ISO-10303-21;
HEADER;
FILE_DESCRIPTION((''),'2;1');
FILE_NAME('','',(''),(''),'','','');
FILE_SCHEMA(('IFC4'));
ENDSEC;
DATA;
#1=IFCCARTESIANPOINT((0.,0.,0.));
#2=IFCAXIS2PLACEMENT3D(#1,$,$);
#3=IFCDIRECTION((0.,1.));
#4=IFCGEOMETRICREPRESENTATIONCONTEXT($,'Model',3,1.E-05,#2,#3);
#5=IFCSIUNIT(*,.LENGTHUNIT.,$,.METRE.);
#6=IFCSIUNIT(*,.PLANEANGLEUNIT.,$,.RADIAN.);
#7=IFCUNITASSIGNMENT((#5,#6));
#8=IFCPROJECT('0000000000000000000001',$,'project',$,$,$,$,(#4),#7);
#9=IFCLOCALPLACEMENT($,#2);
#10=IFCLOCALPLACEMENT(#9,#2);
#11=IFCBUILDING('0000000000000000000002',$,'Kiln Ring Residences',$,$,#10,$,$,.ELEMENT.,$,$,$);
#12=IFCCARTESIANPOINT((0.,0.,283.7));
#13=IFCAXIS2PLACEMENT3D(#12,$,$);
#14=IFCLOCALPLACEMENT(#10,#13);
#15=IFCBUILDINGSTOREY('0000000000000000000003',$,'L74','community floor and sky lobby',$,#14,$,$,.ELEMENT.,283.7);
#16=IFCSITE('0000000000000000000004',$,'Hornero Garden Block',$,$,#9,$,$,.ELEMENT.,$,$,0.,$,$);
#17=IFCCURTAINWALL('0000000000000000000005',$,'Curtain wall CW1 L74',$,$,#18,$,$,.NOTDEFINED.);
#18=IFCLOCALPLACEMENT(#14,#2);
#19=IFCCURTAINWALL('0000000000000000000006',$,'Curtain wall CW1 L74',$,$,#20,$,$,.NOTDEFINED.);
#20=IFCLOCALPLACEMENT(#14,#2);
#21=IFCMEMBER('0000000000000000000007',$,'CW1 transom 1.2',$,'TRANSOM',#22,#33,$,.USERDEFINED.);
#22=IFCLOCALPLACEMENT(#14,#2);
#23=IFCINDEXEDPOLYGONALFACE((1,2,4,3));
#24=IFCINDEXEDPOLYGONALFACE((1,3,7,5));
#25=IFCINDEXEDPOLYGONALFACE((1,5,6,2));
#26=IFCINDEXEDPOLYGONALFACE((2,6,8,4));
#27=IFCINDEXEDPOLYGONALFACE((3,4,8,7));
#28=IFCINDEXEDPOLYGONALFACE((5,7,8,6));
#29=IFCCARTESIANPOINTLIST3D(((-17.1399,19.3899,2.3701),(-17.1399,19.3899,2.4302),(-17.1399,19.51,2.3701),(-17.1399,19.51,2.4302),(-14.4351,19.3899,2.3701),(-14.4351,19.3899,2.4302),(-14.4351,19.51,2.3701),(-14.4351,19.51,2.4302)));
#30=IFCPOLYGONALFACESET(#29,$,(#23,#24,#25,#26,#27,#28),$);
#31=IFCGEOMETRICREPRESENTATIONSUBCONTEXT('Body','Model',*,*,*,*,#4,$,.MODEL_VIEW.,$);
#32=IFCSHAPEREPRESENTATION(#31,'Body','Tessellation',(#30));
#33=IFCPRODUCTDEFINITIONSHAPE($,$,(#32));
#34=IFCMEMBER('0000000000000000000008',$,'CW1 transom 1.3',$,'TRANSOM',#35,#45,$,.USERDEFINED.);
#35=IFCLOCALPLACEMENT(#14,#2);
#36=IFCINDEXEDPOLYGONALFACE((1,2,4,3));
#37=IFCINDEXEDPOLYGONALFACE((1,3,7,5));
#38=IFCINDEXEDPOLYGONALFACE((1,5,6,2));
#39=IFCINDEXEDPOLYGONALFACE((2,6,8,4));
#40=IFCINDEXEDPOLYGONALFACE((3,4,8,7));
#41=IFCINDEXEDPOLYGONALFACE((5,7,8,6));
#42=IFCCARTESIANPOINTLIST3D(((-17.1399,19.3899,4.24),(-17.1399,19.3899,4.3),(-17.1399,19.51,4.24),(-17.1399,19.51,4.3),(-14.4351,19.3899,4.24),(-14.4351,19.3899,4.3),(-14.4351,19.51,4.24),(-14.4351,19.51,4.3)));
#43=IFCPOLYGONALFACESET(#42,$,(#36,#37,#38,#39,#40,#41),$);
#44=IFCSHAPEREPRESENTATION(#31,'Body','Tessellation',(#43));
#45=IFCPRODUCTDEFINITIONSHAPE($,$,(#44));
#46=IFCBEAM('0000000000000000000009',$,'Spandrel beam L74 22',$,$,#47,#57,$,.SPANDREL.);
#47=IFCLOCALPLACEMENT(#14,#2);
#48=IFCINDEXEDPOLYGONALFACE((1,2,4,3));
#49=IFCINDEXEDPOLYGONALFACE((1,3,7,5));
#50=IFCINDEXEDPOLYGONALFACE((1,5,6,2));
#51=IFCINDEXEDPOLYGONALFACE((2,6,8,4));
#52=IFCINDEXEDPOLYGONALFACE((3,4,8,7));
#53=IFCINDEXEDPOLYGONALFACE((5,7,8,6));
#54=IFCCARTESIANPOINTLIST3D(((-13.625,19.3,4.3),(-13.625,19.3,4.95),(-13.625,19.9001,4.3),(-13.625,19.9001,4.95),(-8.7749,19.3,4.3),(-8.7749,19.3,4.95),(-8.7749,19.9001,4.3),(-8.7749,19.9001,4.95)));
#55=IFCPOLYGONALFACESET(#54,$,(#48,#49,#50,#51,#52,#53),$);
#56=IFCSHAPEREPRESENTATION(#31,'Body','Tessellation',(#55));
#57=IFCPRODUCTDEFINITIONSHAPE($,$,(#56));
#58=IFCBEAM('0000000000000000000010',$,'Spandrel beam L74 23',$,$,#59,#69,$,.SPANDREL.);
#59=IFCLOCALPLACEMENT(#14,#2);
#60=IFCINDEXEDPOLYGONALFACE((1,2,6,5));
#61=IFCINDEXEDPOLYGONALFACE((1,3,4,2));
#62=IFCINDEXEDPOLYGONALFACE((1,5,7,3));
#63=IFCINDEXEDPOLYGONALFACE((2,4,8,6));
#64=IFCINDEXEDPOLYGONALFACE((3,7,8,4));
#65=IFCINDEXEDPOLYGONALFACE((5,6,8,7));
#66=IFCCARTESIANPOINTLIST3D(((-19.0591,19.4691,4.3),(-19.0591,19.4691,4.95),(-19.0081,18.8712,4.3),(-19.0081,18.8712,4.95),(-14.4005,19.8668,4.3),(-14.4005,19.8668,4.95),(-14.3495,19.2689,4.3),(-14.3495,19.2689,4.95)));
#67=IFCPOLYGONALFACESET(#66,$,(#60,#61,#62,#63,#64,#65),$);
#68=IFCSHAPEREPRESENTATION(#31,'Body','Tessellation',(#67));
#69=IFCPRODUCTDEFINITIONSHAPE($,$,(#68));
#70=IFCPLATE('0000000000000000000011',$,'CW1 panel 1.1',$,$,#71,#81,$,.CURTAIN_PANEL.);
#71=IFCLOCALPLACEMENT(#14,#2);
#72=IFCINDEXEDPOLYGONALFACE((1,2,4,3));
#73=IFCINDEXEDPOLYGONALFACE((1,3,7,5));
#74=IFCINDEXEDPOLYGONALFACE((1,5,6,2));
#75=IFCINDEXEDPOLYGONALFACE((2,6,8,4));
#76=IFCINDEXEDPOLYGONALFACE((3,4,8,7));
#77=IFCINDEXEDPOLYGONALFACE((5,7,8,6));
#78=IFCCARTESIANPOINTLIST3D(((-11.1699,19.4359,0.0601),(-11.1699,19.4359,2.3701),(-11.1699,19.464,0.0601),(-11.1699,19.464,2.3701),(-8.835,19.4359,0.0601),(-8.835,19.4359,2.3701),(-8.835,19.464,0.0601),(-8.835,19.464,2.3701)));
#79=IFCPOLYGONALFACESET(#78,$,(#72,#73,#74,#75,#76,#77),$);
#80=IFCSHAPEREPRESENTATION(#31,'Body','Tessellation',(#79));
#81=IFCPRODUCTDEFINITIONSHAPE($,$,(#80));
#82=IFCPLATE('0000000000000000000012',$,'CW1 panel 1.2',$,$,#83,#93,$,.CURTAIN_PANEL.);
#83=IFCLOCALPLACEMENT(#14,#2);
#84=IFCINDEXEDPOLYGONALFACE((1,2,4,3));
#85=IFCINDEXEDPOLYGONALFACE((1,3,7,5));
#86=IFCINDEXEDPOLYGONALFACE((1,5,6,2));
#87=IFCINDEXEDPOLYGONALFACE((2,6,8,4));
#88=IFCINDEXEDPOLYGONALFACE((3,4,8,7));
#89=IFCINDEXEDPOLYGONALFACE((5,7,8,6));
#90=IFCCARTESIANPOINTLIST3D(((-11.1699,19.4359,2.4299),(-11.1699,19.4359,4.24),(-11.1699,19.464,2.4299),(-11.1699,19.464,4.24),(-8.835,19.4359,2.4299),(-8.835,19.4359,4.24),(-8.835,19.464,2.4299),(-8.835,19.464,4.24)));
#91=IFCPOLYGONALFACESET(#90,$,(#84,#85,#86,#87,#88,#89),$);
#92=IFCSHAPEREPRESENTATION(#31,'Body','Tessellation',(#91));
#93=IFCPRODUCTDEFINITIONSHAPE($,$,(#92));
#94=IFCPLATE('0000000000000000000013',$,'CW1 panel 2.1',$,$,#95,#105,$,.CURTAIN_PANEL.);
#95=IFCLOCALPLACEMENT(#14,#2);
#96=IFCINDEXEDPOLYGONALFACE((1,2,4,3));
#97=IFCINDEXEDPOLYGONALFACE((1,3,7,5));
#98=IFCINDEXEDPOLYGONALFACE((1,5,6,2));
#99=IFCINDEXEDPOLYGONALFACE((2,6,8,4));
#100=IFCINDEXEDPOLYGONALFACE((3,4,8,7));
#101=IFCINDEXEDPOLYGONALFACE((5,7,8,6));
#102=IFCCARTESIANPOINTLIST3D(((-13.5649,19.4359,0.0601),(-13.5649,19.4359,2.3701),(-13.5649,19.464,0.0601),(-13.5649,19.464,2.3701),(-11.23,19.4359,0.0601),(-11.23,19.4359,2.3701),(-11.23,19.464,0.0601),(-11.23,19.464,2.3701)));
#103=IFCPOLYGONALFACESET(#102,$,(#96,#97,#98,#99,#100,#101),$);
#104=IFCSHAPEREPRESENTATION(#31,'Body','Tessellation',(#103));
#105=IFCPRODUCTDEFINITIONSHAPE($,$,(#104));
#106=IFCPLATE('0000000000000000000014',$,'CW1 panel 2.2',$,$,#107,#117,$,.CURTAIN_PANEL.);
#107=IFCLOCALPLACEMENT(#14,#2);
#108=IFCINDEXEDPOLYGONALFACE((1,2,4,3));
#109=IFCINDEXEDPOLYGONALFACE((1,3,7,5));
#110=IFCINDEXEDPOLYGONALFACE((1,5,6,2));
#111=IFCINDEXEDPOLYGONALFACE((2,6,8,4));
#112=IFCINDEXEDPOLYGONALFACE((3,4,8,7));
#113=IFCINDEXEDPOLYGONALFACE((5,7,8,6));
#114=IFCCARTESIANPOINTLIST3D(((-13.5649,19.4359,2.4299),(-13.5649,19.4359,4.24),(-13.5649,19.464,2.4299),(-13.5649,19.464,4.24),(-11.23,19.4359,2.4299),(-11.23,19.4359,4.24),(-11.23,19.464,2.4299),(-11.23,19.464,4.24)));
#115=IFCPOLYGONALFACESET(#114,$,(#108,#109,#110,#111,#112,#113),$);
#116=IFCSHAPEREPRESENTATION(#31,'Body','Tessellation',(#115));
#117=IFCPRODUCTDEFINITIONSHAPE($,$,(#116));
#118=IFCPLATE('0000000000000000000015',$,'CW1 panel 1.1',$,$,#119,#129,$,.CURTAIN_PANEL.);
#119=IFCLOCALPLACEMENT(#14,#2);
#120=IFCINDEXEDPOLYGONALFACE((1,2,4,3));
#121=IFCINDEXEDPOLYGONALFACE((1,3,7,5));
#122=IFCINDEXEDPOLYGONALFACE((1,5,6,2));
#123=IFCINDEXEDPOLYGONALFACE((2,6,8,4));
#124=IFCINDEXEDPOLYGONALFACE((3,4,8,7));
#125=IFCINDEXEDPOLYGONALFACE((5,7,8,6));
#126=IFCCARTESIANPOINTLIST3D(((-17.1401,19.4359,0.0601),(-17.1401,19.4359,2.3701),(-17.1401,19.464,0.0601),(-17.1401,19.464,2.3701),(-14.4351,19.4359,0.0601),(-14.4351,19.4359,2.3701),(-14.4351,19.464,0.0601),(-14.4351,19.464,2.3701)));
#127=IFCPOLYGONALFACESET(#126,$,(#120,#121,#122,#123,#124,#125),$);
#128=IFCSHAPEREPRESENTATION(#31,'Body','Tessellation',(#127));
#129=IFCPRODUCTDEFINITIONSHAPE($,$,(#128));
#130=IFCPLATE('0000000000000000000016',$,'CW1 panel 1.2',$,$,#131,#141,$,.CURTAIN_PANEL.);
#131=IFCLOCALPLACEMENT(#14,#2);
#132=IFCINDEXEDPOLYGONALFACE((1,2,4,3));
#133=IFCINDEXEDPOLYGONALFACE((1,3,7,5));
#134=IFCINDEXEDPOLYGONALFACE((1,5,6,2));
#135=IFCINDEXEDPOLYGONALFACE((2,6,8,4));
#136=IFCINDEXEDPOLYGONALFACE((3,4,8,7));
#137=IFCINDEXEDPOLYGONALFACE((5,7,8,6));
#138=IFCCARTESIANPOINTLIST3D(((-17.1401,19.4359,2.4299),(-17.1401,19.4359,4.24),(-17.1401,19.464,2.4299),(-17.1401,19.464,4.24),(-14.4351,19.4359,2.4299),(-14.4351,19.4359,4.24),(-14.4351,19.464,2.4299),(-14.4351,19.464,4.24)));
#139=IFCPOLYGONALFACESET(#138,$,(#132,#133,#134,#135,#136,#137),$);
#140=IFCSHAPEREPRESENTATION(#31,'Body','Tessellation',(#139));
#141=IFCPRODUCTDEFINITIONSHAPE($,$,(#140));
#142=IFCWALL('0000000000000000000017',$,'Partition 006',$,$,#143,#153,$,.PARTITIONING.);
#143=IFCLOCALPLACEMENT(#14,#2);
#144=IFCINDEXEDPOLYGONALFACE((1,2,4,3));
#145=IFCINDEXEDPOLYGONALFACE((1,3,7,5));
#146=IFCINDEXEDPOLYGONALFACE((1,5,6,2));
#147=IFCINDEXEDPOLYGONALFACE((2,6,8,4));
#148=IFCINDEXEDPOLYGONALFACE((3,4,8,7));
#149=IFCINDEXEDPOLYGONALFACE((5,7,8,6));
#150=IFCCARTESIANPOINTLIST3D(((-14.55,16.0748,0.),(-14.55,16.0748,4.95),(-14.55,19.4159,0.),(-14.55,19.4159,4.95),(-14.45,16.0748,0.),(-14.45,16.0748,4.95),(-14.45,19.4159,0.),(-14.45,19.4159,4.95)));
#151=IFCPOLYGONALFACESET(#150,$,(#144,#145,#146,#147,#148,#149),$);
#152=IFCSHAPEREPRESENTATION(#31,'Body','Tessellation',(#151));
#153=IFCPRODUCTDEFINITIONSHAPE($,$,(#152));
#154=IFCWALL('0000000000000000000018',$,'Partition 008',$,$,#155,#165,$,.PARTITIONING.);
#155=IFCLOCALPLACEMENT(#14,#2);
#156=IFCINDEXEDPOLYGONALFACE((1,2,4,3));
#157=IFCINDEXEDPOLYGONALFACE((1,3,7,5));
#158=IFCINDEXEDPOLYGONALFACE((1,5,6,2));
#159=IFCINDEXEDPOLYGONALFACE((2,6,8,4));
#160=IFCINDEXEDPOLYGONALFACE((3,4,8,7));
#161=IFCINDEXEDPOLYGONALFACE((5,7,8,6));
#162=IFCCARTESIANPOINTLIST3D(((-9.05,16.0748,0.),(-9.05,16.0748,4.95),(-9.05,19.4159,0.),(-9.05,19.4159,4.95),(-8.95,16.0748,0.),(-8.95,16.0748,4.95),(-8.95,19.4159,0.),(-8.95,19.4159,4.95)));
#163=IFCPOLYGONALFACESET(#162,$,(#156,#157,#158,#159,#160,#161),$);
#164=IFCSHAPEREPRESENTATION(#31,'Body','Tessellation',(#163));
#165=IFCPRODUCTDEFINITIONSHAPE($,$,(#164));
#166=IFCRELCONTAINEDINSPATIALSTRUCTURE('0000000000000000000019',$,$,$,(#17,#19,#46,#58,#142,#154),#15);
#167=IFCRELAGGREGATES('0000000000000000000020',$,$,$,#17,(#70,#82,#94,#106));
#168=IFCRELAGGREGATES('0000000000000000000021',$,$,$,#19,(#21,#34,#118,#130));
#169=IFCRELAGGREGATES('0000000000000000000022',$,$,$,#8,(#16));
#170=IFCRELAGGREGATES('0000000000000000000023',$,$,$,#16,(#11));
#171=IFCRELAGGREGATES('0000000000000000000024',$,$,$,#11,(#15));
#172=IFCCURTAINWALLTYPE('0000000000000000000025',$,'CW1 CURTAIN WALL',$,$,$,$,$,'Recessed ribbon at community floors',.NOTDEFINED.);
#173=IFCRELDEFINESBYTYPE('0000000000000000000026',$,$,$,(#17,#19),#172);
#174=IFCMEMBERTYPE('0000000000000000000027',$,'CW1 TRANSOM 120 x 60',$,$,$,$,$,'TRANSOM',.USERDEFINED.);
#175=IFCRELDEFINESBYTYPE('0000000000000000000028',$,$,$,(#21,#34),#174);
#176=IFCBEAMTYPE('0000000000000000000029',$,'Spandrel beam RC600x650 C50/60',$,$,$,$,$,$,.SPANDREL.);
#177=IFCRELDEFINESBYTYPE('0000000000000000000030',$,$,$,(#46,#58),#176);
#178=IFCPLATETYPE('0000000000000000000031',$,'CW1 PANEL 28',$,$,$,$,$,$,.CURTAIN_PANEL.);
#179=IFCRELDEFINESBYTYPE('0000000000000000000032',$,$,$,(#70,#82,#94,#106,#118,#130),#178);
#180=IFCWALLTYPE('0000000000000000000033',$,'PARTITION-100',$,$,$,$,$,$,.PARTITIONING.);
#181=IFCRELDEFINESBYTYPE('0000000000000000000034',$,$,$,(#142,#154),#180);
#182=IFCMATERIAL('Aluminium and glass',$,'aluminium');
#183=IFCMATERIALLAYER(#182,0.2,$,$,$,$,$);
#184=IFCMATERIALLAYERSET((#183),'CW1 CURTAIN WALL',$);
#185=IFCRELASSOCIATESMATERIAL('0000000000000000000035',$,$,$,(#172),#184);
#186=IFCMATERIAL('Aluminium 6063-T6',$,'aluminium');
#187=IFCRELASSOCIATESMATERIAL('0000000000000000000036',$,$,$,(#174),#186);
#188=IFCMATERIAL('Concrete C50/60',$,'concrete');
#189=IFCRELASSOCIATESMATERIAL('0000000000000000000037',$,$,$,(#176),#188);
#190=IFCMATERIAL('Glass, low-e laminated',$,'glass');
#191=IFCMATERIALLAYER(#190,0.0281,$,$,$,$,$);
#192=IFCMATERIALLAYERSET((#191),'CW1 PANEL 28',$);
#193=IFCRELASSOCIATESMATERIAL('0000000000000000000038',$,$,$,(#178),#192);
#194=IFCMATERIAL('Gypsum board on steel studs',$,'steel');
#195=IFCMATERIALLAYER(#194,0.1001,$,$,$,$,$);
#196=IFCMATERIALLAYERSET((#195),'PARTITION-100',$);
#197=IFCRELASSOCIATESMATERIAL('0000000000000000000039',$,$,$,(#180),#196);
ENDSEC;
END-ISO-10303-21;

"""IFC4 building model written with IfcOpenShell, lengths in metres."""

from ifc_helpers import new_model, si_unit, direction, frame, frame_2d, origin, origin_2d, place, context, subcontext, project, spatial, rectangle, extrude, material, layer, layer_set, material_profile, profile_set, type_object, element, aggregate, save


model = new_model("IFC4")

# Units and contexts
model_context = context("Model", 3, precision=1e-05, world=origin(), true_north=direction((0.0, 1.0)))
body_context = subcontext(model_context, "Body", "Model", "MODEL_VIEW")
ifc_project = project(units=[si_unit("LENGTHUNIT", "METRE"), si_unit("PLANEANGLEUNIT", "RADIAN")], contexts=[model_context])

# Site, building, storey
site_placement = place(None, origin())
site = spatial("IfcSite", under=ifc_project, at=site_placement, Name="Hornero Garden Block", CompositionType="ELEMENT", RefElevation=0.0)
building_placement = place(site_placement, origin())
building = spatial("IfcBuilding", under=site, at=building_placement, Name="Kiln Ring Residences", CompositionType="ELEMENT")
storey_placement = place(building_placement, frame((0.0, 0.0, 283.7)))
storey = spatial("IfcBuildingStorey", under=building, at=storey_placement, Name="L74", Description="community floor and sky lobby", CompositionType="ELEMENT", Elevation=283.7)

# Curtain wall
ifc_material_1 = material(Name="Aluminium and glass", Category="aluminium")
ifc_layer_1 = layer(ifc_material_1, 0.2)
ifc_layer_set_1 = layer_set([ifc_layer_1], Name="CW1 CURTAIN WALL")
curtain_wall_type = type_object("IfcCurtainWallType", Name="CW1 CURTAIN WALL", ElementType="Recessed ribbon at community floors", PredefinedType="NOTDEFINED", material=ifc_layer_set_1)
placement = place(storey_placement, origin())
curtain_wall_1 = element("IfcCurtainWall", 1, at=placement, inside=storey, type_object=curtain_wall_type, Name="Curtain wall CW1 L74", PredefinedType="NOTDEFINED")

# Curtain wall
curtain_wall_2 = element("IfcCurtainWall", 2, at=placement, inside=storey, type_object=curtain_wall_type, Name="Curtain wall CW1 L74", PredefinedType="NOTDEFINED")

# Members
ifc_material_2 = material(Name="Aluminium 6063-T6", Category="aluminium")
ifc_material_profile_1 = material_profile(ifc_material_2, rectangle(XDim=0.1201, YDim=0.0601, at=origin_2d()), Name="AL 120x60")
ifc_profile_set_1 = profile_set([ifc_material_profile_1], Name="Aluminium 6063-T6")
member_type_1 = type_object("IfcMemberType", Name="CW1 TRANSOM 120 x 60", ElementType="TRANSOM", PredefinedType="USERDEFINED", material=ifc_profile_set_1)
member_1_placement = place(storey_placement, frame((-14.4351, 19.45, 2.4001), z_axis=(-1.0, 0.0, 0.0), x_axis=(0.0, -1.0, 0.0)))
member_1 = element("IfcMember", 3, at=member_1_placement, type_object=member_type_1, Name="CW1 transom 1.2", ObjectType="TRANSOM", PredefinedType="USERDEFINED", context=body_context, shape_type="SweptSolid", body=[
    extrude(rectangle(XDim=0.1201, YDim=0.0601, at=origin_2d()), origin(), (0.0, 0.0, 1.0), 2.7048),
])
member_2_placement = place(storey_placement, frame((-14.4351, 19.45, 4.27), z_axis=(-1.0, 0.0, 0.0), x_axis=(0.0, -1.0, 0.0)))
member_2 = element("IfcMember", 4, at=member_2_placement, type_object=member_type_1, Name="CW1 transom 1.3", ObjectType="TRANSOM", PredefinedType="USERDEFINED", context=body_context, shape_type="SweptSolid", body=[
    extrude(rectangle(XDim=0.1201, YDim=0.0601, at=origin_2d()), origin(), (0.0, 0.0, 1.0), 2.7048),
])

# Beams
ifc_material_3 = material(Name="Concrete C50/60", Category="concrete")
ifc_material_profile_2 = material_profile(ifc_material_3, rectangle(XDim=0.6001, YDim=0.6499, at=origin_2d()), Name="RC600x650")
ifc_profile_set_2 = profile_set([ifc_material_profile_2], Name="Concrete C50/60")
beam_type = type_object("IfcBeamType", Name="Spandrel beam RC600x650 C50/60", PredefinedType="SPANDREL", material=ifc_profile_set_2)
beam_1_placement = place(storey_placement, frame((-8.7749, 19.6001, 4.625), z_axis=(-1.0, 0.0, 0.0), x_axis=(0.0, -1.0, 0.0)))
element("IfcBeam", 5, at=beam_1_placement, inside=storey, type_object=beam_type, Name="Spandrel beam L74 22", PredefinedType="SPANDREL", context=body_context, shape_type="SweptSolid", body=[
    extrude(rectangle(XDim=0.6001, YDim=0.6499, at=origin_2d()), origin(), (0.0, 0.0, 1.0), 4.8501),
])
beam_2_placement = place(storey_placement, frame((-14.375, 19.5679, 4.625), z_axis=(-0.996376, -0.085059, 0.0), x_axis=(0.085059, -0.996376, 0.0)))
element("IfcBeam", 6, at=beam_2_placement, inside=storey, type_object=beam_type, Name="Spandrel beam L74 23", PredefinedType="SPANDREL", context=body_context, shape_type="SweptSolid", body=[
    extrude(rectangle(XDim=0.6001, YDim=0.6499, at=origin_2d()), origin(), (0.0, 0.0, 1.0), 4.6755),
])

# Plates
ifc_material_4 = material(Name="Glass, low-e laminated", Category="glass")
ifc_layer_2 = layer(ifc_material_4, 0.0281)
ifc_layer_set_2 = layer_set([ifc_layer_2], Name="CW1 PANEL 28")
plate_type = type_object("IfcPlateType", Name="CW1 PANEL 28", PredefinedType="CURTAIN_PANEL", material=ifc_layer_set_2)
plate_1_placement = place(storey_placement, frame((-10.0024, 19.45, 0.0601), z_axis=(0.0, 0.0, 1.0), x_axis=(-1.0, 0.0, 0.0)))
plate_1 = element("IfcPlate", 7, at=plate_1_placement, type_object=plate_type, Name="CW1 panel 1.1", PredefinedType="CURTAIN_PANEL", context=body_context, shape_type="SweptSolid", body=[
    extrude(rectangle(XDim=2.335, YDim=0.0281, at=origin_2d()), origin(), (0.0, 0.0, 1.0), 2.3101),
])
plate_2_placement = place(storey_placement, frame((-10.0024, 19.45, 2.4299), z_axis=(0.0, 0.0, 1.0), x_axis=(-1.0, 0.0, 0.0)))
plate_2 = element("IfcPlate", 8, at=plate_2_placement, type_object=plate_type, Name="CW1 panel 1.2", PredefinedType="CURTAIN_PANEL", context=body_context, shape_type="SweptSolid", body=[
    extrude(rectangle(XDim=2.335, YDim=0.0281, at=origin_2d()), origin(), (0.0, 0.0, 1.0), 1.8101),
])
plate_3_placement = place(storey_placement, frame((-12.3975, 19.45, 0.0601), z_axis=(0.0, 0.0, 1.0), x_axis=(-1.0, 0.0, 0.0)))
plate_3 = element("IfcPlate", 9, at=plate_3_placement, type_object=plate_type, Name="CW1 panel 2.1", PredefinedType="CURTAIN_PANEL", context=body_context, shape_type="SweptSolid", body=[
    extrude(rectangle(XDim=2.335, YDim=0.0281, at=origin_2d()), origin(), (0.0, 0.0, 1.0), 2.3101),
])
plate_4_placement = place(storey_placement, frame((-12.3975, 19.45, 2.4299), z_axis=(0.0, 0.0, 1.0), x_axis=(-1.0, 0.0, 0.0)))
plate_4 = element("IfcPlate", 10, at=plate_4_placement, type_object=plate_type, Name="CW1 panel 2.2", PredefinedType="CURTAIN_PANEL", context=body_context, shape_type="SweptSolid", body=[
    extrude(rectangle(XDim=2.335, YDim=0.0281, at=origin_2d()), origin(), (0.0, 0.0, 1.0), 1.8101),
])
aggregate(curtain_wall_1, [plate_1, plate_2, plate_3, plate_4])
plate_5_placement = place(storey_placement, frame((-15.7876, 19.45, 0.0601), z_axis=(0.0, 0.0, 1.0), x_axis=(-1.0, 0.0, 0.0)))
plate_5 = element("IfcPlate", 11, at=plate_5_placement, type_object=plate_type, Name="CW1 panel 1.1", PredefinedType="CURTAIN_PANEL", context=body_context, shape_type="SweptSolid", body=[
    extrude(rectangle(XDim=2.7051, YDim=0.0281, at=origin_2d()), origin(), (0.0, 0.0, 1.0), 2.3101),
])
plate_6_placement = place(storey_placement, frame((-15.7876, 19.45, 2.4299), z_axis=(0.0, 0.0, 1.0), x_axis=(-1.0, 0.0, 0.0)))
plate_6 = element("IfcPlate", 12, at=plate_6_placement, type_object=plate_type, Name="CW1 panel 1.2", PredefinedType="CURTAIN_PANEL", context=body_context, shape_type="SweptSolid", body=[
    extrude(rectangle(XDim=2.7051, YDim=0.0281, at=origin_2d()), origin(), (0.0, 0.0, 1.0), 1.8101),
])
aggregate(curtain_wall_2, [member_1, member_2, plate_5, plate_6])

# Walls
ifc_material_5 = material(Name="Gypsum board on steel studs", Category="steel")
ifc_layer_3 = layer(ifc_material_5, 0.1001)
ifc_layer_set_3 = layer_set([ifc_layer_3], Name="PARTITION-100")
wall_type = type_object("IfcWallType", Name="PARTITION-100", PredefinedType="PARTITIONING", material=ifc_layer_set_3)
for number, where, z_axis, x_axis, name in (
    (13, (-14.5, 16.075, 0.0), (0.0, 0.0, 1.0), (0.0, 1.0, 0.0), "Partition 006"),
    (14, (-9.0, 16.075, 0.0), (0.0, 0.0, 1.0), (0.0, 1.0, 0.0), "Partition 008"),
):
    element("IfcWall", number, at=place(storey_placement, frame(where, z_axis=z_axis, x_axis=x_axis)), inside=storey, type_object=wall_type, Name=name, PredefinedType="PARTITIONING", context=body_context, shape_type="SweptSolid", body=[
        extrude(rectangle(XDim=3.3411, YDim=0.1001, at=frame_2d((1.6704, 0.0))), origin(), (0.0, 0.0, 1.0), 4.95),
    ])

save(model, "model.ifc")
